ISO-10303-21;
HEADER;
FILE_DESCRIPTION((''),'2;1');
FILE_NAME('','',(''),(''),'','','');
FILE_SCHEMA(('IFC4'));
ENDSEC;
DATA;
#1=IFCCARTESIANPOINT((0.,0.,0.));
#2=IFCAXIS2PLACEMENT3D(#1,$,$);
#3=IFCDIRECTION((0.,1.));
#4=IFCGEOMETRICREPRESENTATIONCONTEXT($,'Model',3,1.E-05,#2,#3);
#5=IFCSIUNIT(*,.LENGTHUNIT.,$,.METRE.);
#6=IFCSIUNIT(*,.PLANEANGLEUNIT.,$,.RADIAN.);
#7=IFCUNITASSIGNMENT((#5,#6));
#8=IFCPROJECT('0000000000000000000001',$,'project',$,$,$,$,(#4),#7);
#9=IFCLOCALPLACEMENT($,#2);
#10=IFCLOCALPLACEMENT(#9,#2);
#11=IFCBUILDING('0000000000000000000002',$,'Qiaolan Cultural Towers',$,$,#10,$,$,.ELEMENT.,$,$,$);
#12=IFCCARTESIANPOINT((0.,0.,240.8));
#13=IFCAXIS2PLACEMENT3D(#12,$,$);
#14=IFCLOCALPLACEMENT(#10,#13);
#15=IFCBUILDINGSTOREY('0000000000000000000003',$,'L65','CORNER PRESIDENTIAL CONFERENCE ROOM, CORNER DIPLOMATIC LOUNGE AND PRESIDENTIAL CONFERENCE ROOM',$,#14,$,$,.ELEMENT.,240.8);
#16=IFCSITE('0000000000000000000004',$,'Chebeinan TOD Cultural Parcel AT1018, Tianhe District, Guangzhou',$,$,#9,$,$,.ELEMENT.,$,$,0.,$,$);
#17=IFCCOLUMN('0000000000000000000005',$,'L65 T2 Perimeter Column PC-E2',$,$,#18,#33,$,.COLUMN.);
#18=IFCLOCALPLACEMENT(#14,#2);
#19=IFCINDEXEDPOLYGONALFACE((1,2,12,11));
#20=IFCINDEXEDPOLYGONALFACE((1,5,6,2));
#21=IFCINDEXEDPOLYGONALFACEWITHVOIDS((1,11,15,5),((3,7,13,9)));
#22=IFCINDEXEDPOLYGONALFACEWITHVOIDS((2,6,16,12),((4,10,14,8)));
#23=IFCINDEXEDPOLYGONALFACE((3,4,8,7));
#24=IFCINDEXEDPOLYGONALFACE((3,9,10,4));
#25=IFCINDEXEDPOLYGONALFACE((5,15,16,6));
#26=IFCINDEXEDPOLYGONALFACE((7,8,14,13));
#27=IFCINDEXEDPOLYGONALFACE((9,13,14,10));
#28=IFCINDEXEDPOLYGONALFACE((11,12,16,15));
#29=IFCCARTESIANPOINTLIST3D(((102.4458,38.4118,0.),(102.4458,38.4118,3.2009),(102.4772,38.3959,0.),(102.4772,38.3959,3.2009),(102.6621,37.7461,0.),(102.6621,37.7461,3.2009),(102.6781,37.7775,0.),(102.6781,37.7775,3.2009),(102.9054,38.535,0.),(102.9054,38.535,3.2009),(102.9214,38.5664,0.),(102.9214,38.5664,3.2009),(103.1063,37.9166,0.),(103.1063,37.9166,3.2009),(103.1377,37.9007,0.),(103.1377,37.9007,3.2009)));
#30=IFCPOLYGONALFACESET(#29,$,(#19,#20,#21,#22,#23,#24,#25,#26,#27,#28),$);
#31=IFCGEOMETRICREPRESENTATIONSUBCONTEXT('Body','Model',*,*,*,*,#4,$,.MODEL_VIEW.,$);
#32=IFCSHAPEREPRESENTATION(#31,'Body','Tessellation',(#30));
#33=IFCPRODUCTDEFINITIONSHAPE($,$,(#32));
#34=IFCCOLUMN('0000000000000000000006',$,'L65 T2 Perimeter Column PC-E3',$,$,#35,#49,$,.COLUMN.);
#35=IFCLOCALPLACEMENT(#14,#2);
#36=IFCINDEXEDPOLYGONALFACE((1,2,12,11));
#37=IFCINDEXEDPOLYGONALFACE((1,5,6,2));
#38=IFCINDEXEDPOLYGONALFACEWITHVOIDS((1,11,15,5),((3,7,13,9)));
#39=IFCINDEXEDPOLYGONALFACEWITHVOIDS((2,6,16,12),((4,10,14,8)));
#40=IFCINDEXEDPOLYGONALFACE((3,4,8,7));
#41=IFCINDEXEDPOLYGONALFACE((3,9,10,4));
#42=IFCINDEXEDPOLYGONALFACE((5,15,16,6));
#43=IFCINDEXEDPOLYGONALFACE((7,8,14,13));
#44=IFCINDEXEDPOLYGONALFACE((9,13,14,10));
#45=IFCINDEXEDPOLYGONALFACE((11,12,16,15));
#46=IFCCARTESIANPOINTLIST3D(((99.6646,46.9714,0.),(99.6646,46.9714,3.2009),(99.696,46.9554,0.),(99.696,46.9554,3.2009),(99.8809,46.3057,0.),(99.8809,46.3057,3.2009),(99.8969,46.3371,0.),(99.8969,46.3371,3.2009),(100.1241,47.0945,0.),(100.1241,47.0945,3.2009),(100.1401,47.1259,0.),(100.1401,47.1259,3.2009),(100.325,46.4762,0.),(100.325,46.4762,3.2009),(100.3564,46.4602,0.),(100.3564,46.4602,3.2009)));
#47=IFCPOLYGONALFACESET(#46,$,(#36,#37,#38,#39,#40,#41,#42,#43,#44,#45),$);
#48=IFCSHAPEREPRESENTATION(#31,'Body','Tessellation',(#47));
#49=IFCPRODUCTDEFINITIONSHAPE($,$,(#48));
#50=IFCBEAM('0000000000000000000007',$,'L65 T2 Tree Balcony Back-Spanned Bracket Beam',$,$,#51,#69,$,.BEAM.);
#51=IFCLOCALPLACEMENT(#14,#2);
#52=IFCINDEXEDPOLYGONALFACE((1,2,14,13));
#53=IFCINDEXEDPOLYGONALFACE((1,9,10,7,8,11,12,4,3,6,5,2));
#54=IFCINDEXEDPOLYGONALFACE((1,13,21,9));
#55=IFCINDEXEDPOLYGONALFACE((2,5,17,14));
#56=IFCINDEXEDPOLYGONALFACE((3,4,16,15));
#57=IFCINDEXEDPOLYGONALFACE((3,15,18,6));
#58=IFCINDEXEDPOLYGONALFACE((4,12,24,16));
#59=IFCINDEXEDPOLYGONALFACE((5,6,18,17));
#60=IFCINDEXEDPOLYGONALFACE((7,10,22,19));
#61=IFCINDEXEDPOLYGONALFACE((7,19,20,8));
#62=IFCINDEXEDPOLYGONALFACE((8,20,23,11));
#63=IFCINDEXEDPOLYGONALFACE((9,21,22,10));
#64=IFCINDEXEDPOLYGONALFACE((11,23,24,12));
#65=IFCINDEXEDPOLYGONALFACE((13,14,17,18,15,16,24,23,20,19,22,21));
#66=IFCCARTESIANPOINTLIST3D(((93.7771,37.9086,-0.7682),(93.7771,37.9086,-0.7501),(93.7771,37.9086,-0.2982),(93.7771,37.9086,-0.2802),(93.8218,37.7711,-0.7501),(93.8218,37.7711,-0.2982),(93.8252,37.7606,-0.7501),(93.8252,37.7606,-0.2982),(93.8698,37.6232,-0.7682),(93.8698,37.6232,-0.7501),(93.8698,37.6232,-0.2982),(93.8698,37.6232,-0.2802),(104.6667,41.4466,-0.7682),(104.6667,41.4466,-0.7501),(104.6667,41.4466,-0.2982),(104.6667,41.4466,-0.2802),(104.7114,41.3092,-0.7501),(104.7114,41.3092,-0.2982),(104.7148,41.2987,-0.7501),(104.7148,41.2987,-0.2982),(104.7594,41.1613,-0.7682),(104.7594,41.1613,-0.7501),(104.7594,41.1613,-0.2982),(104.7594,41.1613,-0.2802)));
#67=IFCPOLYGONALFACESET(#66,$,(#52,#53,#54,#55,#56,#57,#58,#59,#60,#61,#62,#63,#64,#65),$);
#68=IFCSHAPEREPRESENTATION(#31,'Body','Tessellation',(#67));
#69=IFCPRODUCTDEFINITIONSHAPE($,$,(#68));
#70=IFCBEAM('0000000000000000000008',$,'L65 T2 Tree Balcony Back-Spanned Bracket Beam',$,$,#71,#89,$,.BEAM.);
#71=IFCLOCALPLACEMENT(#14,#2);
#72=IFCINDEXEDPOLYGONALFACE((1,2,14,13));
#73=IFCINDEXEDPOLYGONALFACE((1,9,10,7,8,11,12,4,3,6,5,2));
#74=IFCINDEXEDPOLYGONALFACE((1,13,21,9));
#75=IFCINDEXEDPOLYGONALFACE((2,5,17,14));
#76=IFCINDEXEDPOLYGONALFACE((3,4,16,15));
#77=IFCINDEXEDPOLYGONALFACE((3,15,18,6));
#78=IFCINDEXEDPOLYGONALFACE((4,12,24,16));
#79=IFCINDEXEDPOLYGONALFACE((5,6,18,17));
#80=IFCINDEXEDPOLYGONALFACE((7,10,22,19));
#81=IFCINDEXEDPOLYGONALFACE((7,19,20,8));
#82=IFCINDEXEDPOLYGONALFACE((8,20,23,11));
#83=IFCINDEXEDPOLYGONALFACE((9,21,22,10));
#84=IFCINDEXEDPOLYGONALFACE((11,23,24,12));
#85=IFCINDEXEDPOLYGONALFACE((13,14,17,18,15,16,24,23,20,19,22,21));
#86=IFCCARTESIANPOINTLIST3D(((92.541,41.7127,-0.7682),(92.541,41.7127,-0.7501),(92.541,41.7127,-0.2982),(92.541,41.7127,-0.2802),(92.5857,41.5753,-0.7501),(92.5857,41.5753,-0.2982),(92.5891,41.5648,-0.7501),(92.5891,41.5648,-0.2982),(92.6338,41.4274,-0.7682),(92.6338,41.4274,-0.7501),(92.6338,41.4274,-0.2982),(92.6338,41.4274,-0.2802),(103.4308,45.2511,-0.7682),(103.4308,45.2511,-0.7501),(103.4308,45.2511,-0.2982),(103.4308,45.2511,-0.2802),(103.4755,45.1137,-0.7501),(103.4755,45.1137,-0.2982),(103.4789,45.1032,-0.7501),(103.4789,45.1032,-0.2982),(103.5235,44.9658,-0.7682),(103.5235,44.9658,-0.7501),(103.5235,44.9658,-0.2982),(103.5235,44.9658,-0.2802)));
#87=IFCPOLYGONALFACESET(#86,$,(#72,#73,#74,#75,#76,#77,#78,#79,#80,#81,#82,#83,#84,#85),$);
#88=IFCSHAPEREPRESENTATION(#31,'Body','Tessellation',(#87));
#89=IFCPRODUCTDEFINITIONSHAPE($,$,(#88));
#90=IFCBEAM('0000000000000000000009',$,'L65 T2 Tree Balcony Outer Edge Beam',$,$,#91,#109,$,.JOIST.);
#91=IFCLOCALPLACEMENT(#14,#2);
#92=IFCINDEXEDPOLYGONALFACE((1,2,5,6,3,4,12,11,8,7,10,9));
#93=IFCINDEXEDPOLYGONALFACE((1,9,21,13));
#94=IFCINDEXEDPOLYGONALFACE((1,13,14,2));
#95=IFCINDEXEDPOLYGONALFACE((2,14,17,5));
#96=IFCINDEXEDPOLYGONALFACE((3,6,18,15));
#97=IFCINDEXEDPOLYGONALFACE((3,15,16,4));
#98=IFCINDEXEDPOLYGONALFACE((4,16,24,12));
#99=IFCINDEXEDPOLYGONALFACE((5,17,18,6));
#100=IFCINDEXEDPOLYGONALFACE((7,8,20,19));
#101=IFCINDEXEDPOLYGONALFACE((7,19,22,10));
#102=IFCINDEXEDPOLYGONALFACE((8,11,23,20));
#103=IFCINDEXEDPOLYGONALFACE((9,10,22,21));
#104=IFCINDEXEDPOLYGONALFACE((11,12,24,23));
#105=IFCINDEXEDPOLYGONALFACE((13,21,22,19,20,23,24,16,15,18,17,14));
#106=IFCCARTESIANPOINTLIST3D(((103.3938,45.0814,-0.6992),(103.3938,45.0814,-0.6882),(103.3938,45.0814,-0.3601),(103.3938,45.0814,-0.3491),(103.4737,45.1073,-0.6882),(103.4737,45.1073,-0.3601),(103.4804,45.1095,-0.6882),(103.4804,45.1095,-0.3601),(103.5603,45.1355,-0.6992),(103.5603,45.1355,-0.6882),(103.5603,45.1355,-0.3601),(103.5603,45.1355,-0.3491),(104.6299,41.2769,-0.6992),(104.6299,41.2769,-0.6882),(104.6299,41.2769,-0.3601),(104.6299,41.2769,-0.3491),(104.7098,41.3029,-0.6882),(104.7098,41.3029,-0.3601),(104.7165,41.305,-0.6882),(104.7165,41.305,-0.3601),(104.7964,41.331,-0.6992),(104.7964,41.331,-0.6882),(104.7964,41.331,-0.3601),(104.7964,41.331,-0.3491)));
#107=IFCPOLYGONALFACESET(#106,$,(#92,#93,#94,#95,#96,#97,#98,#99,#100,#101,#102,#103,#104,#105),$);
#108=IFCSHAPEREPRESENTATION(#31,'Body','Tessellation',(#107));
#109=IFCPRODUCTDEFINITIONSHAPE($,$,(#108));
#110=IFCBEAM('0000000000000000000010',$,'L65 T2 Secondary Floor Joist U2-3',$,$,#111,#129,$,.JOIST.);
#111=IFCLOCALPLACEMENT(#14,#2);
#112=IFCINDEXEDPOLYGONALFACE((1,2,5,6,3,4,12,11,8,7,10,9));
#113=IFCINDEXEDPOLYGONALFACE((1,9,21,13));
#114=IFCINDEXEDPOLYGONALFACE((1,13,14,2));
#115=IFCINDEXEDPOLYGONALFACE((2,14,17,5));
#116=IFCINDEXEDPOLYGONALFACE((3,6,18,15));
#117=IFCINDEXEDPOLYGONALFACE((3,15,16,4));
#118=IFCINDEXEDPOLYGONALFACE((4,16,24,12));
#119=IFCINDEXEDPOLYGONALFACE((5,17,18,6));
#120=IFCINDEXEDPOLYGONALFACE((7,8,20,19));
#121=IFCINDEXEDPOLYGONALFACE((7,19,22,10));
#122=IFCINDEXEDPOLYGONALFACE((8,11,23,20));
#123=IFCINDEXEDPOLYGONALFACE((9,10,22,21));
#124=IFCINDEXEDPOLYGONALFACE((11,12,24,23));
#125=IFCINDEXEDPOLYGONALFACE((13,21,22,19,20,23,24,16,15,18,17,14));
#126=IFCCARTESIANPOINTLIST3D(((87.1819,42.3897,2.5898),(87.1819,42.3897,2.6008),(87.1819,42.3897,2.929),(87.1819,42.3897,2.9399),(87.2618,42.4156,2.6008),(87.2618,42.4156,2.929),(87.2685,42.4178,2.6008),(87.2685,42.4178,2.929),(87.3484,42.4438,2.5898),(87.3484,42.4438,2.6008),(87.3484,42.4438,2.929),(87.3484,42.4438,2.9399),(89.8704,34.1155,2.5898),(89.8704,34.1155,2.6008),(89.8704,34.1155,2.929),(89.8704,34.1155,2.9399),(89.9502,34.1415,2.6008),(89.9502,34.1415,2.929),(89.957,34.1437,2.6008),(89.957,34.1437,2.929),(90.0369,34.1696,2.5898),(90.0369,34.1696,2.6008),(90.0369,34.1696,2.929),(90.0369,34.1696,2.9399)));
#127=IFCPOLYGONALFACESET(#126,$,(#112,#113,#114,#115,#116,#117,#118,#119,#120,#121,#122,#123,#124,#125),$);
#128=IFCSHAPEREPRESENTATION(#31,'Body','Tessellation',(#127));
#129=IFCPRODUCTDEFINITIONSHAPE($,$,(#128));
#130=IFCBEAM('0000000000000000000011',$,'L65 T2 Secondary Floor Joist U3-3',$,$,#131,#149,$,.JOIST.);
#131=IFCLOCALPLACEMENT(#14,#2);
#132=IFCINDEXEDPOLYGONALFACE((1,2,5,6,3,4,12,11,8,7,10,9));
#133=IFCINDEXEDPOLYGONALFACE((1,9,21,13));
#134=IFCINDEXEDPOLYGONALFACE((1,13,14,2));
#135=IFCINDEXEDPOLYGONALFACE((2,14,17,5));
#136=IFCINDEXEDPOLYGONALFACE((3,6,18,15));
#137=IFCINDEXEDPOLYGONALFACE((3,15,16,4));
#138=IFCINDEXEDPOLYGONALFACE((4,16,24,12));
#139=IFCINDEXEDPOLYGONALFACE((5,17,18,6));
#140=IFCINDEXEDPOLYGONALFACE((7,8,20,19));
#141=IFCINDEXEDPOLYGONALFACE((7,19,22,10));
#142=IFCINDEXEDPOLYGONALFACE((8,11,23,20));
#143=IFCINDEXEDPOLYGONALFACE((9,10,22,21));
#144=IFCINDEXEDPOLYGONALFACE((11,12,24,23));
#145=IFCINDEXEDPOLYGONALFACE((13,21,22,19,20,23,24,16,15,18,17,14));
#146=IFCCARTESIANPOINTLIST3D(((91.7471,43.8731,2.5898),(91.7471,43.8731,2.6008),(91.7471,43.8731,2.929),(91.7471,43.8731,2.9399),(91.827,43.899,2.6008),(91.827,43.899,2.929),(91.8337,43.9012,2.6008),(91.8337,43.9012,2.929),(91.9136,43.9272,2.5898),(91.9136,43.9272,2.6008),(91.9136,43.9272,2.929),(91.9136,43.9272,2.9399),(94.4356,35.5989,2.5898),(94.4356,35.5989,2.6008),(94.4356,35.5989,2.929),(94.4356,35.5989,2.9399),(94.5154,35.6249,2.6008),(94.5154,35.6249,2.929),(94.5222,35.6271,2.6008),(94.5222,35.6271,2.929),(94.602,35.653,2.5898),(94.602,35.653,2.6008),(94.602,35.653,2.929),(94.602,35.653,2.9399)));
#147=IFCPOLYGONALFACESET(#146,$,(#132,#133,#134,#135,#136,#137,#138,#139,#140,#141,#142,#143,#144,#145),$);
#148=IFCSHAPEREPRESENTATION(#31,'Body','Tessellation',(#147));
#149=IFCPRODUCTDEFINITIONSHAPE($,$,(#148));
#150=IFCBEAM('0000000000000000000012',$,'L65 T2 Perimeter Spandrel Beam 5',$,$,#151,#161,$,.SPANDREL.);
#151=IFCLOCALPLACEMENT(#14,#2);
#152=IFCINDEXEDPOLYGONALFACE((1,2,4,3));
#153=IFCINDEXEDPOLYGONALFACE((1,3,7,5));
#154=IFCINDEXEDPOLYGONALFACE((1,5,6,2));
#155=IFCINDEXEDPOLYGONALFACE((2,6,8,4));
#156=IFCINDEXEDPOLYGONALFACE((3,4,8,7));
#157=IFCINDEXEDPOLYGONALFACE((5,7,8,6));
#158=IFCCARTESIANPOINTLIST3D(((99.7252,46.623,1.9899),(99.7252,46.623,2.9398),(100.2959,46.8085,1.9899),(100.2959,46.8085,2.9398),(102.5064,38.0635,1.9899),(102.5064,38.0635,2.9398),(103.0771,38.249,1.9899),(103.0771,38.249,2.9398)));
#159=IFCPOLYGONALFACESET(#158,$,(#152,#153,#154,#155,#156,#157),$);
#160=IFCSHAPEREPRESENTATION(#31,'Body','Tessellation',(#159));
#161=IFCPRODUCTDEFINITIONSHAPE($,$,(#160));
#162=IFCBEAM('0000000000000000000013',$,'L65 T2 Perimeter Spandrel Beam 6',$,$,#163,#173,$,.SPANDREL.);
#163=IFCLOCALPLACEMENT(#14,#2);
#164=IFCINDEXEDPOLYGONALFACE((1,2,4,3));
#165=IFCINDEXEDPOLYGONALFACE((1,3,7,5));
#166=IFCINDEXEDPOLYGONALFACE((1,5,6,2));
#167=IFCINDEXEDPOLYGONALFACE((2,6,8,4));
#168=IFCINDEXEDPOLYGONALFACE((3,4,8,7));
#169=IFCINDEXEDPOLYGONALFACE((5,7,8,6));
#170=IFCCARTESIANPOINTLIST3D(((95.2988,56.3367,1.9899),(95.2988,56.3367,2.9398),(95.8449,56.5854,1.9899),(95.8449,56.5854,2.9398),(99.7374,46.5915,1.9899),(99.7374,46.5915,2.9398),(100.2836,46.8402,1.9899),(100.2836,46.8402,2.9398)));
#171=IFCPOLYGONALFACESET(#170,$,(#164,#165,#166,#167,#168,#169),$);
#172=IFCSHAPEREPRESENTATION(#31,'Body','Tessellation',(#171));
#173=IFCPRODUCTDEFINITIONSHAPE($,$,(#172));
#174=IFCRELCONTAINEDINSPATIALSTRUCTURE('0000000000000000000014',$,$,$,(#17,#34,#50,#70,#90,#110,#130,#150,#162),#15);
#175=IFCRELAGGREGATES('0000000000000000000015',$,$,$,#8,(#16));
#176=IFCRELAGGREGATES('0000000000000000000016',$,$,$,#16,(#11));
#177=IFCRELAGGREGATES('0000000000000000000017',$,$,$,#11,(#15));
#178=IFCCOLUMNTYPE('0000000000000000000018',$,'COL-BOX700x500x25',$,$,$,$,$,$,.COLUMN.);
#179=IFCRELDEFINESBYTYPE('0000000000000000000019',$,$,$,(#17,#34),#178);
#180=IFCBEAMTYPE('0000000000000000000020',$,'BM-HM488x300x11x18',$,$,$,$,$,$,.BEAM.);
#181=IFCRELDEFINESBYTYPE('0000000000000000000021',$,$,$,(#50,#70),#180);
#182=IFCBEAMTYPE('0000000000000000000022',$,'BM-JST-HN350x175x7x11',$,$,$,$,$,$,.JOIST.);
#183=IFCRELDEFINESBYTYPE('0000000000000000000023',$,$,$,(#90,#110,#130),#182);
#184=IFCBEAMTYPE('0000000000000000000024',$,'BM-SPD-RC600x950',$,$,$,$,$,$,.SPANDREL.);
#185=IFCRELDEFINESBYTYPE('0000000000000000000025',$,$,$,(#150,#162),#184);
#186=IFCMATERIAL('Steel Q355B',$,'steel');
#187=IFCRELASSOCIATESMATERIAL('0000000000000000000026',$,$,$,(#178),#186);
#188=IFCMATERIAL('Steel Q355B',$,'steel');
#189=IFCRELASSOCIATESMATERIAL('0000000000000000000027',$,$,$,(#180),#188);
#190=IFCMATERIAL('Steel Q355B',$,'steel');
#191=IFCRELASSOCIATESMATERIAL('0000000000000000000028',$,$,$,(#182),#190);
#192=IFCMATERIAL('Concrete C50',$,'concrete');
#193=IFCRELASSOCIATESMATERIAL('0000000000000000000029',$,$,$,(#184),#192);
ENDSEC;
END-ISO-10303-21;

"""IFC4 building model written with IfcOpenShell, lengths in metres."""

from ifc_helpers import new_model, si_unit, direction, frame, origin, origin_2d, place, context, subcontext, project, spatial, rectangle, hollow_rectangle, i_section, extrude, material, material_profile, profile_set, type_object, element, save


model = new_model("IFC4")

# Units and contexts
model_context = context("Model", 3, precision=1e-05, world=origin(), true_north=direction((0.0, 1.0)))
body_context = subcontext(model_context, "Body", "Model", "MODEL_VIEW")
ifc_project = project(units=[si_unit("LENGTHUNIT", "METRE"), si_unit("PLANEANGLEUNIT", "RADIAN")], contexts=[model_context])

# Site, building, storey
site_placement = place(None, origin())
site = spatial("IfcSite", under=ifc_project, at=site_placement, Name="Chebeinan TOD Cultural Parcel AT1018, Tianhe District, Guangzhou", CompositionType="ELEMENT", RefElevation=0.0)
building_placement = place(site_placement, origin())
building = spatial("IfcBuilding", under=site, at=building_placement, Name="Qiaolan Cultural Towers", CompositionType="ELEMENT")
storey_placement = place(building_placement, frame((0.0, 0.0, 240.8)))
storey = spatial("IfcBuildingStorey", under=building, at=storey_placement, Name="L65", Description="CORNER PRESIDENTIAL CONFERENCE ROOM, CORNER DIPLOMATIC LOUNGE AND PRESIDENTIAL CONFERENCE ROOM", CompositionType="ELEMENT", Elevation=240.8)

# Columns
ifc_material_1 = material(Name="Steel Q355B", Category="steel")
ifc_material_profile_1 = material_profile(ifc_material_1, hollow_rectangle(XDim=0.5, YDim=0.7, WallThickness=0.0249, at=origin_2d()), Name="BOX700x500x25")
ifc_profile_set_1 = profile_set([ifc_material_profile_1], Name="Steel Q355B")
column_type = type_object("IfcColumnType", Name="COL-BOX700x500x25", PredefinedType="COLUMN", material=ifc_profile_set_1)
for number, where, z_axis, x_axis, name in (
    (1, (102.7917, 38.1562, 0.0), (0.0, 0.0, 1.0), (0.951057, 0.309017, 0.0), "L65 T2 Perimeter Column PC-E2"),
    (2, (100.0105, 46.7158, 0.0), (0.0, 0.0, 1.0), (0.951057, 0.309017, 0.0), "L65 T2 Perimeter Column PC-E3"),
):
    element("IfcColumn", number, at=place(storey_placement, frame(where, z_axis=z_axis, x_axis=x_axis)), inside=storey, type_object=column_type, Name=name, PredefinedType="COLUMN", context=body_context, shape_type="SweptSolid", body=[
        extrude(hollow_rectangle(XDim=0.5, YDim=0.7, WallThickness=0.0249, at=origin_2d()), origin(), (0.0, 0.0, 1.0), 3.2009),
    ])

# Beams
ifc_material_2 = material(Name="Steel Q355B", Category="steel")
ifc_material_profile_2 = material_profile(ifc_material_2, i_section(OverallWidth=0.3, OverallDepth=0.488, WebThickness=0.011, FlangeThickness=0.0181, at=origin_2d()), Name="HM488x300x11x18")
ifc_profile_set_2 = profile_set([ifc_material_profile_2], Name="Steel Q355B")
beam_type_1 = type_object("IfcBeamType", Name="BM-HM488x300x11x18", PredefinedType="BEAM", material=ifc_profile_set_2)
beam_1_placement = place(storey_placement, frame((93.8235, 37.7659, -0.5242), z_axis=(0.951061, 0.309003, 0.0), x_axis=(-0.309003, 0.951061, 0.0)))
element("IfcBeam", 3, at=beam_1_placement, inside=storey, type_object=beam_type_1, Name="L65 T2 Tree Balcony Back-Spanned Bracket Beam", PredefinedType="BEAM", context=body_context, shape_type="SweptSolid", body=[
    extrude(i_section(OverallWidth=0.3, OverallDepth=0.488, WebThickness=0.011, FlangeThickness=0.0181, at=origin_2d()), origin(), (0.0, 0.0, 1.0), 11.45),
])
beam_2_placement = place(storey_placement, frame((92.5874, 41.5701, -0.5242), z_axis=(0.951055, 0.309022, 0.0), x_axis=(-0.309022, 0.951055, 0.0)))
element("IfcBeam", 4, at=beam_2_placement, inside=storey, type_object=beam_type_1, Name="L65 T2 Tree Balcony Back-Spanned Bracket Beam", PredefinedType="BEAM", context=body_context, shape_type="SweptSolid", body=[
    extrude(i_section(OverallWidth=0.3, OverallDepth=0.488, WebThickness=0.011, FlangeThickness=0.0181, at=origin_2d()), origin(), (0.0, 0.0, 1.0), 11.4502),
])
ifc_material_3 = material(Name="Steel Q355B", Category="steel")
ifc_material_profile_3 = material_profile(ifc_material_3, i_section(OverallWidth=0.175, OverallDepth=0.3501, WebThickness=0.0071, FlangeThickness=0.011, at=origin_2d()), Name="HN350x175x7x11")
ifc_profile_set_3 = profile_set([ifc_material_profile_3], Name="Steel Q355B")
beam_type_2 = type_object("IfcBeamType", Name="BM-JST-HN350x175x7x11", PredefinedType="JOIST", material=ifc_profile_set_3)
beam_3_placement = place(storey_placement, frame((104.7131, 41.304, -0.5242), z_axis=(-0.309005, 0.951061, 0.0), x_axis=(-0.951061, -0.309005, 0.0)))
element("IfcBeam", 5, at=beam_3_placement, inside=storey, type_object=beam_type_2, Name="L65 T2 Tree Balcony Outer Edge Beam", PredefinedType="JOIST", context=body_context, shape_type="SweptSolid", body=[
    extrude(i_section(OverallWidth=0.175, OverallDepth=0.3501, WebThickness=0.0071, FlangeThickness=0.011, at=origin_2d()), origin(), (0.0, 0.0, 1.0), 4.0002),
])
for number, where, z_axis, x_axis, name in (
    (6, (89.9536, 34.1426, 2.7649), (-0.309021, 0.951055, 0.0), (-0.951055, -0.309021, 0.0), "L65 T2 Secondary Floor Joist U2-3"),
    (7, (94.5188, 35.626, 2.7649), (-0.309021, 0.951055, 0.0), (-0.951055, -0.309021, 0.0), "L65 T2 Secondary Floor Joist U3-3"),
):
    element("IfcBeam", number, at=place(storey_placement, frame(where, z_axis=z_axis, x_axis=x_axis)), inside=storey, type_object=beam_type_2, Name=name, PredefinedType="JOIST", context=body_context, shape_type="SweptSolid", body=[
        extrude(i_section(OverallWidth=0.175, OverallDepth=0.3501, WebThickness=0.0071, FlangeThickness=0.011, at=origin_2d()), origin(), (0.0, 0.0, 1.0), 8.7),
    ])
ifc_material_4 = material(Name="Concrete C50", Category="concrete")
ifc_material_profile_4 = material_profile(ifc_material_4, rectangle(XDim=0.6001, YDim=0.95, at=origin_2d()), Name="RC600x950")
ifc_profile_set_4 = profile_set([ifc_material_profile_4], Name="Concrete C50")
beam_type_3 = type_object("IfcBeamType", Name="BM-SPD-RC600x950", PredefinedType="SPANDREL", material=ifc_profile_set_4)
beam_4_placement = place(storey_placement, frame((102.7917, 38.1562, 2.4648), z_axis=(-0.309025, 0.951054, 0.0), x_axis=(-0.951054, -0.309025, 0.0)))
element("IfcBeam", 8, at=beam_4_placement, inside=storey, type_object=beam_type_3, Name="L65 T2 Perimeter Spandrel Beam 5", PredefinedType="SPANDREL", context=body_context, shape_type="SweptSolid", body=[
    extrude(rectangle(XDim=0.6001, YDim=0.95, at=origin_2d()), origin(), (0.0, 0.0, 1.0), 9.0),
])
beam_5_placement = place(storey_placement, frame((100.0105, 46.7158, 2.4648), z_axis=(-0.4145, 0.910049, 0.0), x_axis=(-0.910049, -0.4145, 0.0)))
element("IfcBeam", 9, at=beam_5_placement, inside=storey, type_object=beam_type_3, Name="L65 T2 Perimeter Spandrel Beam 6", PredefinedType="SPANDREL", context=body_context, shape_type="SweptSolid", body=[
    extrude(rectangle(XDim=0.6001, YDim=0.95, at=origin_2d()), origin(), (0.0, 0.0, 1.0), 10.7085),
])

save(model, "model.ifc")
